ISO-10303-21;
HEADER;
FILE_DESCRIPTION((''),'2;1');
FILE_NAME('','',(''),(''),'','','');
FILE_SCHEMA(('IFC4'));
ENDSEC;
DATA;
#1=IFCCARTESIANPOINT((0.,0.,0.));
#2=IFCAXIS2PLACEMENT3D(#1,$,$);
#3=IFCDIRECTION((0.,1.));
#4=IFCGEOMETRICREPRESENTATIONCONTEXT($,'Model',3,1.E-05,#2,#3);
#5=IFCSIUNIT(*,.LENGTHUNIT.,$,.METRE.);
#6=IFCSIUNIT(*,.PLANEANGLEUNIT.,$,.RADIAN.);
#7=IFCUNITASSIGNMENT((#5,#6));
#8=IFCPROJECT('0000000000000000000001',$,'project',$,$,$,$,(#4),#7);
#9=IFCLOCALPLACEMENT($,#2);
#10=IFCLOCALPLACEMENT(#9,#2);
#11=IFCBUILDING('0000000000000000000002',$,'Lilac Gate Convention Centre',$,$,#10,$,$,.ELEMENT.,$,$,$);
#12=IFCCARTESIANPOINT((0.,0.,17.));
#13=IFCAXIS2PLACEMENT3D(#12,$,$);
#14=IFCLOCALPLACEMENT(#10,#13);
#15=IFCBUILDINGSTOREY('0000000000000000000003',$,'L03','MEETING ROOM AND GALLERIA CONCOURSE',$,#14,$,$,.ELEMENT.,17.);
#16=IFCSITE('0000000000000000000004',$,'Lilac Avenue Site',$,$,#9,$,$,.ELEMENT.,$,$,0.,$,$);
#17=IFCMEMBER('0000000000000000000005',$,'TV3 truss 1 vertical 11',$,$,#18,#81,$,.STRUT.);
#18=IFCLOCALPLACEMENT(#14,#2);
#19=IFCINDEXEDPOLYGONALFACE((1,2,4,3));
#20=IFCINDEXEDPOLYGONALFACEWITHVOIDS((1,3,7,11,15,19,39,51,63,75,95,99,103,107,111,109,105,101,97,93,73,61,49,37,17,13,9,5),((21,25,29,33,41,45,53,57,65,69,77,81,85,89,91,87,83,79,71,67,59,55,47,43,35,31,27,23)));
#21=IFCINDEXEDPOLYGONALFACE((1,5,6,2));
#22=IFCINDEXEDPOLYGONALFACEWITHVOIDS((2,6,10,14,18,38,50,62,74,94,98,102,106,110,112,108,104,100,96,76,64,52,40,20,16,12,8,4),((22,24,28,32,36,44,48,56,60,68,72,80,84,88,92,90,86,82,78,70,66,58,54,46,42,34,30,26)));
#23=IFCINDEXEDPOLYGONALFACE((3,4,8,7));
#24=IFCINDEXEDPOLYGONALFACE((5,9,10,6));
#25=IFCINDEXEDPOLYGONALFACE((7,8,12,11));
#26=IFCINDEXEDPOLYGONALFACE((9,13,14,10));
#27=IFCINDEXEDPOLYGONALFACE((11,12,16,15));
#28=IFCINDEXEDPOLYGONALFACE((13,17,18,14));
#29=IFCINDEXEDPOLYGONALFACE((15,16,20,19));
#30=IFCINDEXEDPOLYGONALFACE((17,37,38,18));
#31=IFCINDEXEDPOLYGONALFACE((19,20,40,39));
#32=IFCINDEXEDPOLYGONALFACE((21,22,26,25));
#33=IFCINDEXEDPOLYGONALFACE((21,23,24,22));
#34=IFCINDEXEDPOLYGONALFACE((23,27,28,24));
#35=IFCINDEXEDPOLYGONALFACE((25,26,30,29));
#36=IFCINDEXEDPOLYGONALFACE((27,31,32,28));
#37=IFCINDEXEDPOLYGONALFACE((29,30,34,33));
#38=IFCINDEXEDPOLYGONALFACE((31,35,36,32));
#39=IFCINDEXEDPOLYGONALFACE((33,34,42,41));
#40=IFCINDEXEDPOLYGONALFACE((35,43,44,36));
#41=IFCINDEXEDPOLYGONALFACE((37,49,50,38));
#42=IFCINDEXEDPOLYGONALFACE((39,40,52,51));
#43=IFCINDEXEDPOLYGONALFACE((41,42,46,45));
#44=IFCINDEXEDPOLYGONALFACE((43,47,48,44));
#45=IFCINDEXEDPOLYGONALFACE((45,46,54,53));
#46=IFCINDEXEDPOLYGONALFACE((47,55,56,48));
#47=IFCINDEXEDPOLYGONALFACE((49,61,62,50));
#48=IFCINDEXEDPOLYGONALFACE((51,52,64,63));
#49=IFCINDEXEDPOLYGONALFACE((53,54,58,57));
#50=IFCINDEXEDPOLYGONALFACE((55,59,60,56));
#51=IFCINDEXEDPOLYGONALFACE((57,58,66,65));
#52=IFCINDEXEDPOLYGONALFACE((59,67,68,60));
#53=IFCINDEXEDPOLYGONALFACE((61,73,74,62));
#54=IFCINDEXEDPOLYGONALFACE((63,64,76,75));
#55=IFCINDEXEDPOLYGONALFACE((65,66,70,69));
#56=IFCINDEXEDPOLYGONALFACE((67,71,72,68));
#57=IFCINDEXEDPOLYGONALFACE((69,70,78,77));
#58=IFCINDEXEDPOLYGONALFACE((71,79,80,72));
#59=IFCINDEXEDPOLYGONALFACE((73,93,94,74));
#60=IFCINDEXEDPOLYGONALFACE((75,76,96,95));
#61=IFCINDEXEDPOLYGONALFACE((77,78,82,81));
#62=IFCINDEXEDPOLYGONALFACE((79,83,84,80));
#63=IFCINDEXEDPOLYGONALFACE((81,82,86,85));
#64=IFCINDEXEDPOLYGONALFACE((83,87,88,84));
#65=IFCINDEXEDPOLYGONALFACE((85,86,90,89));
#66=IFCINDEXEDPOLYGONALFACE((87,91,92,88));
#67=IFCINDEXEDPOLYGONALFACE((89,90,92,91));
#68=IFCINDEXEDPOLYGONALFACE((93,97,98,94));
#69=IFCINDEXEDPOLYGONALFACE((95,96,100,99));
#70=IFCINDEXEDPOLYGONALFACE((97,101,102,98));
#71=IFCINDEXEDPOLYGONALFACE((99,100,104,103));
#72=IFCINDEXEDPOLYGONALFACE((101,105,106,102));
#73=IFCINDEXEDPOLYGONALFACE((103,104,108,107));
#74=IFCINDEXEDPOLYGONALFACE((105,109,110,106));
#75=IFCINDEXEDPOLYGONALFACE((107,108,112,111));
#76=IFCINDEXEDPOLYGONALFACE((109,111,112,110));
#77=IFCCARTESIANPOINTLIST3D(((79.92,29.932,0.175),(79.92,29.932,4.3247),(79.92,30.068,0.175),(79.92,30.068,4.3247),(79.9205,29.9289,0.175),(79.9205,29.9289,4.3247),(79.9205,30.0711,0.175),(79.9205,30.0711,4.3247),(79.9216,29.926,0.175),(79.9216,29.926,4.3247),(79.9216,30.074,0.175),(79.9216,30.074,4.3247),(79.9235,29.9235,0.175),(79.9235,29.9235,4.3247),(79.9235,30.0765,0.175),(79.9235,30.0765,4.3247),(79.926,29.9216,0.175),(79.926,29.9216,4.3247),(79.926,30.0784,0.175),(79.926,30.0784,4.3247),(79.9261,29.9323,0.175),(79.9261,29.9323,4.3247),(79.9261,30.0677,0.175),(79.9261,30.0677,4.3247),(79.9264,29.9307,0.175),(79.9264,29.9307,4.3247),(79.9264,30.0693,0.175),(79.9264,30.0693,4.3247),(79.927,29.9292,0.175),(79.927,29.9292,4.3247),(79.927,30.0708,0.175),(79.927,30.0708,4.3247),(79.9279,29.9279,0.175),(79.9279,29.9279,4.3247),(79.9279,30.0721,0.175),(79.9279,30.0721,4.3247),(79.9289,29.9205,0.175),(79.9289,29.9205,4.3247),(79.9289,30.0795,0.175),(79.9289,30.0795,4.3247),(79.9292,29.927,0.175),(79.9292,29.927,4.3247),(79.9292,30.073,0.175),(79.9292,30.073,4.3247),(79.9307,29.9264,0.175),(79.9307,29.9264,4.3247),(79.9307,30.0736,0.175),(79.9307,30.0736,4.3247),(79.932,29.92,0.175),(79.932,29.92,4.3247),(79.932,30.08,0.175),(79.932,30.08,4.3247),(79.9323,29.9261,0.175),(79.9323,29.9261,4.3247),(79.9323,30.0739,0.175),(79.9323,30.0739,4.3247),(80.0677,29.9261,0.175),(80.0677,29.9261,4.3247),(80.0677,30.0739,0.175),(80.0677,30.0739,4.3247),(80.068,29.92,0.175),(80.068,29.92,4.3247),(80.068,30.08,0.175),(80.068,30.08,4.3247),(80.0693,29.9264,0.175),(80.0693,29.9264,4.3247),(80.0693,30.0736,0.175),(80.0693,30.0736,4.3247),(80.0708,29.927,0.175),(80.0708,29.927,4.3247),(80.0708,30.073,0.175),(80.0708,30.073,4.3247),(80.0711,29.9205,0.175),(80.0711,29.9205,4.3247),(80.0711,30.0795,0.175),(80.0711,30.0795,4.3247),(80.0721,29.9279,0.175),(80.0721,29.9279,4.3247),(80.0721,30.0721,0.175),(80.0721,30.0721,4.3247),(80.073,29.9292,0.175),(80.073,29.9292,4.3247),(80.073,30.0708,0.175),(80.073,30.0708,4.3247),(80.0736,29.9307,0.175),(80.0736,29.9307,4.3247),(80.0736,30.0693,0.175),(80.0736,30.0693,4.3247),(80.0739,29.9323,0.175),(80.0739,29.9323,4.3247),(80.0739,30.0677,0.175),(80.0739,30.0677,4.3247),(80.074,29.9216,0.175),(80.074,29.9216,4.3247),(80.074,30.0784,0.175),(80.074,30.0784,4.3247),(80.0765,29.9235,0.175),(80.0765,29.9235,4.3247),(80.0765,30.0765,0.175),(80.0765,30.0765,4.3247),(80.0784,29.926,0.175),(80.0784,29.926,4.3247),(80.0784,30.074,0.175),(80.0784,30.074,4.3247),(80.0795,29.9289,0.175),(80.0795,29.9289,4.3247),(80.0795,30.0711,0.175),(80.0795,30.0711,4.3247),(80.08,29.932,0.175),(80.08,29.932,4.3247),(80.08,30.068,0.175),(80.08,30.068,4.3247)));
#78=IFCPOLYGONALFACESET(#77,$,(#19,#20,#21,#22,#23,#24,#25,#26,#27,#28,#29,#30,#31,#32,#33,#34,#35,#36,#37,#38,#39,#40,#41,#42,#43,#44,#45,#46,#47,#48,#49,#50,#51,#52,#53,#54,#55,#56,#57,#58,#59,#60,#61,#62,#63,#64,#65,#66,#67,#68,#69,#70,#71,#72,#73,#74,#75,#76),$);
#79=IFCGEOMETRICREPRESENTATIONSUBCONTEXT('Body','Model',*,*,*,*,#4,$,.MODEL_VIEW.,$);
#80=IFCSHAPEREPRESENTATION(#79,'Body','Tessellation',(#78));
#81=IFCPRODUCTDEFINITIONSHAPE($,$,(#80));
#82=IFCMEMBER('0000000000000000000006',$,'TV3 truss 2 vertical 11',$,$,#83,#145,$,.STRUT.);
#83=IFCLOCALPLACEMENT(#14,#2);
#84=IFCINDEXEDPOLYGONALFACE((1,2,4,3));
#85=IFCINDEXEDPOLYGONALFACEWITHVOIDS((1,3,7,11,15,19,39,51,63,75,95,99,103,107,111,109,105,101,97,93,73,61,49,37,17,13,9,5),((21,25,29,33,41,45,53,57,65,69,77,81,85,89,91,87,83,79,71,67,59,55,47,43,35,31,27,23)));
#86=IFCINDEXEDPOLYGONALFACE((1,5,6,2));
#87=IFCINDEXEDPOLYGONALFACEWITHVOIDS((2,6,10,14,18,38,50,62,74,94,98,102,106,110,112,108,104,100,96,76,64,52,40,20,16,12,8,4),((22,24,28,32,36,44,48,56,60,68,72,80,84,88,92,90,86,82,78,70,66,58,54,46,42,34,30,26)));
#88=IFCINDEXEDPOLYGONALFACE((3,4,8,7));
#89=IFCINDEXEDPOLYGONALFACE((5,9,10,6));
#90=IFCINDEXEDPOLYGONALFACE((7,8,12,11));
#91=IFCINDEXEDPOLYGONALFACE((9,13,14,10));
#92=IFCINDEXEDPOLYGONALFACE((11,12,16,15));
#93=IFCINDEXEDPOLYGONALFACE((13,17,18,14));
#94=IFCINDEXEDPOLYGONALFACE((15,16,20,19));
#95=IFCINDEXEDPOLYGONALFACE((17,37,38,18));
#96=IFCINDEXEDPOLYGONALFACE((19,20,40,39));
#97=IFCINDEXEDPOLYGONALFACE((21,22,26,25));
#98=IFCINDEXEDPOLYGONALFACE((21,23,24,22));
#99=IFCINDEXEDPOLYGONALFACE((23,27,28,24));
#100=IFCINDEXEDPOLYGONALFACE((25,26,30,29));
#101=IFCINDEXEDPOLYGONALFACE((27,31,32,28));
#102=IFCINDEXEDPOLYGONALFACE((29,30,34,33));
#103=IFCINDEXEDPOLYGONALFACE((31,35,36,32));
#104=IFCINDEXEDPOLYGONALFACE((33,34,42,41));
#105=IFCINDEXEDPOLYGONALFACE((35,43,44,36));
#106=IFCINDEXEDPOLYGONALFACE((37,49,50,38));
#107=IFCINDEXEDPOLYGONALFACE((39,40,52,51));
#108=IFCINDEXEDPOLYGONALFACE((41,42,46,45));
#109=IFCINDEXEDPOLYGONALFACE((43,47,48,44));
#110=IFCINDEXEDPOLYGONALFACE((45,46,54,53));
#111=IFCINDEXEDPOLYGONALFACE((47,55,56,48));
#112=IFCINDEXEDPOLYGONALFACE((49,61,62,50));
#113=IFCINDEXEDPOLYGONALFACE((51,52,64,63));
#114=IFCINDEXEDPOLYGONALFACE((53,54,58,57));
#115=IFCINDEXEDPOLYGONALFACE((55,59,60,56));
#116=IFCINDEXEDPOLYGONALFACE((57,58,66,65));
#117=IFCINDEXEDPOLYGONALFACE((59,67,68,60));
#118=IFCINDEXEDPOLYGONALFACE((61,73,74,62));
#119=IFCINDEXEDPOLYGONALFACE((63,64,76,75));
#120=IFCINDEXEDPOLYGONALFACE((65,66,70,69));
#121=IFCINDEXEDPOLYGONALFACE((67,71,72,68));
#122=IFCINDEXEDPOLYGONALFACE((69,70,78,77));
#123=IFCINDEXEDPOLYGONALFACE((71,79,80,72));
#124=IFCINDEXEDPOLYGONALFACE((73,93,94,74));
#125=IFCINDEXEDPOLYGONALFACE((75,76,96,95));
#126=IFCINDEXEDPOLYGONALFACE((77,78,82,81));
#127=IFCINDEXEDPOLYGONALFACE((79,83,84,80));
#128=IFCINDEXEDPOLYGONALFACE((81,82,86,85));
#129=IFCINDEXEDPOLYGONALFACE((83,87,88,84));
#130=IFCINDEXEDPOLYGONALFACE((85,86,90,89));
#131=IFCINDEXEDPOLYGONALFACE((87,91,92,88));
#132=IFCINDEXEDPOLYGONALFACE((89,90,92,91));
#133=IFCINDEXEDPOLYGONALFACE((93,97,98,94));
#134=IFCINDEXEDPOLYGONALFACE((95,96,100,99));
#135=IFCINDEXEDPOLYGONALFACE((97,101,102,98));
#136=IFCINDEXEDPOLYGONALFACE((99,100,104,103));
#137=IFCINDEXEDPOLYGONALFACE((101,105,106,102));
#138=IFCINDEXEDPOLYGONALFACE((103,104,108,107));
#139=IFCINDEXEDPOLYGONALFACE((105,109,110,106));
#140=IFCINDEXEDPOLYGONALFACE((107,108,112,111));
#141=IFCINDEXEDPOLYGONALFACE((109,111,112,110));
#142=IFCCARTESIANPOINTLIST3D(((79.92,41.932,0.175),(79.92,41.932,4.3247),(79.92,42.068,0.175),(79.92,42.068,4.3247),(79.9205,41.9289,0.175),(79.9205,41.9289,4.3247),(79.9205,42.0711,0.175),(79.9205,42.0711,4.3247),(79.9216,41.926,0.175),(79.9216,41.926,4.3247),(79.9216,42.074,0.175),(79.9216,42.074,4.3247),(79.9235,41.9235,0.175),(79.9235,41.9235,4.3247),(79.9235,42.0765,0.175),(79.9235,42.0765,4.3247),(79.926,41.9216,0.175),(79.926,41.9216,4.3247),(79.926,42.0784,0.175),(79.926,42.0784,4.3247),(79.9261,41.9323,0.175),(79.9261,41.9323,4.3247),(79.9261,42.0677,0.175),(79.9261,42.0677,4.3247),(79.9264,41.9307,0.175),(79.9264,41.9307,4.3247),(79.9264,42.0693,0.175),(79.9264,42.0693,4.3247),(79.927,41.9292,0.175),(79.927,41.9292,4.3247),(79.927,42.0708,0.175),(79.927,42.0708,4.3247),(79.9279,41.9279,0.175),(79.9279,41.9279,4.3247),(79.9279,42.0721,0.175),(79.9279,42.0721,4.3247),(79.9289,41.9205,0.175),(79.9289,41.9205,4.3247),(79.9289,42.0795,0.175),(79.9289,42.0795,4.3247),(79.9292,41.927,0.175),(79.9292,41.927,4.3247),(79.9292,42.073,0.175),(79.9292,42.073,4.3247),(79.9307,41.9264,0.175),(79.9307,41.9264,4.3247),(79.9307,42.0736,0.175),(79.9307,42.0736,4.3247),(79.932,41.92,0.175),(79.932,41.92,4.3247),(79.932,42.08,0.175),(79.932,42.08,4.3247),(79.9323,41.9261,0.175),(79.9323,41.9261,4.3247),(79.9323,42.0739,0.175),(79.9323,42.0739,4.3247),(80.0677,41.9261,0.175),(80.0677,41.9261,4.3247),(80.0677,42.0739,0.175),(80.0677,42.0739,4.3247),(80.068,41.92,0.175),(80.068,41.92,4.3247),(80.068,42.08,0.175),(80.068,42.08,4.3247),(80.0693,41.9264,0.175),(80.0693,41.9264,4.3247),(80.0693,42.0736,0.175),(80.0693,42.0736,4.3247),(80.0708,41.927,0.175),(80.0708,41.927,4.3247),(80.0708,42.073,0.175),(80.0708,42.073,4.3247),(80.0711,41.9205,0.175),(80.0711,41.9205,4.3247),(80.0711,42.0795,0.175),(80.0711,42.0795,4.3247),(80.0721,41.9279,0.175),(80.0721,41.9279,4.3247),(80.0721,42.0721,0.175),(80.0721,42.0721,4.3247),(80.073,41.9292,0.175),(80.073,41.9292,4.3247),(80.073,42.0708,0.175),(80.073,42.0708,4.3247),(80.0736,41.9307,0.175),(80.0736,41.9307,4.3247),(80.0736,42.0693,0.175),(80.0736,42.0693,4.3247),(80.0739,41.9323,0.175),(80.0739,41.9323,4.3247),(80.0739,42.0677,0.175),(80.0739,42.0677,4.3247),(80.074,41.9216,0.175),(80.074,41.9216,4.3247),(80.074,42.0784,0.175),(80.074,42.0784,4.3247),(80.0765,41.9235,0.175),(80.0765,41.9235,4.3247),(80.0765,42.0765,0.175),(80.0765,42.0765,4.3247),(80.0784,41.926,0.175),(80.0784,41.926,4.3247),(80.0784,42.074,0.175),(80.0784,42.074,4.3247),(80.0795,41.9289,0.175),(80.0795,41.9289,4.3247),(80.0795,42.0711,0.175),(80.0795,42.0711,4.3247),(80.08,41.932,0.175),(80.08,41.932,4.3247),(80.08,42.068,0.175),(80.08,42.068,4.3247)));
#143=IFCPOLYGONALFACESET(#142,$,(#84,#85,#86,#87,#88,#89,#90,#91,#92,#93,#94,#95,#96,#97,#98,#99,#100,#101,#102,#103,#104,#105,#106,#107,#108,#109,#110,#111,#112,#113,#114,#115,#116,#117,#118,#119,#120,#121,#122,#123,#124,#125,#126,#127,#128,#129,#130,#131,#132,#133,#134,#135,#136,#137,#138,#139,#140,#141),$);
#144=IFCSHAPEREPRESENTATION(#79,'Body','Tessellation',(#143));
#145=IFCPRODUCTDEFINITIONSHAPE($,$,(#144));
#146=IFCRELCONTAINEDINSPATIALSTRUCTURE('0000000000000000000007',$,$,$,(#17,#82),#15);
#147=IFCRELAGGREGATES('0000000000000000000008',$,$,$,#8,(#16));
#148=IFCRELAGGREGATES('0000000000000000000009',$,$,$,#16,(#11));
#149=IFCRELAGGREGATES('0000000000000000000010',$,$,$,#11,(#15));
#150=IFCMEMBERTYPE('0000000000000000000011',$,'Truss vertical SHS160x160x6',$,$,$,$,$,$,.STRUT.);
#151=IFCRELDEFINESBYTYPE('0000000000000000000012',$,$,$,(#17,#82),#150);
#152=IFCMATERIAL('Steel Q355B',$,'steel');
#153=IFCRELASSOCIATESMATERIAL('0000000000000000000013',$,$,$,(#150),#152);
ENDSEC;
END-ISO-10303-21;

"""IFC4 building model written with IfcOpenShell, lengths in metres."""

from ifc_helpers import new_model, si_unit, direction, frame, origin, origin_2d, place, context, subcontext, project, spatial, hollow_rectangle, extrude, material, material_profile, profile_set, type_object, element, save


model = new_model("IFC4")

# Units and contexts
model_context = context("Model", 3, precision=1e-05, world=origin(), true_north=direction((0.0, 1.0)))
body_context = subcontext(model_context, "Body", "Model", "MODEL_VIEW")
ifc_project = project(units=[si_unit("LENGTHUNIT", "METRE"), si_unit("PLANEANGLEUNIT", "RADIAN")], contexts=[model_context])

# Site, building, storey
site_placement = place(None, origin())
site = spatial("IfcSite", under=ifc_project, at=site_placement, Name="Lilac Avenue Site", CompositionType="ELEMENT", RefElevation=0.0)
building_placement = place(site_placement, origin())
building = spatial("IfcBuilding", under=site, at=building_placement, Name="Lilac Gate Convention Centre", CompositionType="ELEMENT")
storey_placement = place(building_placement, frame((0.0, 0.0, 17.0)))
storey = spatial("IfcBuildingStorey", under=building, at=storey_placement, Name="L03", Description="MEETING ROOM AND GALLERIA CONCOURSE", CompositionType="ELEMENT", Elevation=17.0)

# Members
ifc_material = material(Name="Steel Q355B", Category="steel")
ifc_material_profile_1 = material_profile(ifc_material, hollow_rectangle(XDim=0.1599, YDim=0.1599, WallThickness=0.0061, InnerFilletRadius=0.0061, OuterFilletRadius=0.012, at=origin_2d()), Name="SHS160x160x6")
ifc_profile_set_1 = profile_set([ifc_material_profile_1], Name="Steel Q355B")
member_type_1 = type_object("IfcMemberType", Name="Truss vertical SHS160x160x6", PredefinedType="STRUT", material=ifc_profile_set_1)
for number, where, z_axis, x_axis, name in (
    (1, (80.0, 30.0, 0.175), (0.0, 0.0, 1.0), (1.0, 0.0, 0.0), "TV3 truss 1 vertical 11"),
    (2, (80.0, 42.0, 0.175), (0.0, 0.0, 1.0), (1.0, 0.0, 0.0), "TV3 truss 2 vertical 11"),
):
    element("IfcMember", number, at=place(storey_placement, frame(where, z_axis=z_axis, x_axis=x_axis)), inside=storey, type_object=member_type_1, Name=name, PredefinedType="STRUT", context=body_context, shape_type="SweptSolid", body=[
        extrude(hollow_rectangle(XDim=0.1599, YDim=0.1599, WallThickness=0.0061, InnerFilletRadius=0.0061, OuterFilletRadius=0.012, at=origin_2d()), origin(), (0.0, 0.0, 1.0), 4.1497),
    ])

save(model, "model.ifc")
